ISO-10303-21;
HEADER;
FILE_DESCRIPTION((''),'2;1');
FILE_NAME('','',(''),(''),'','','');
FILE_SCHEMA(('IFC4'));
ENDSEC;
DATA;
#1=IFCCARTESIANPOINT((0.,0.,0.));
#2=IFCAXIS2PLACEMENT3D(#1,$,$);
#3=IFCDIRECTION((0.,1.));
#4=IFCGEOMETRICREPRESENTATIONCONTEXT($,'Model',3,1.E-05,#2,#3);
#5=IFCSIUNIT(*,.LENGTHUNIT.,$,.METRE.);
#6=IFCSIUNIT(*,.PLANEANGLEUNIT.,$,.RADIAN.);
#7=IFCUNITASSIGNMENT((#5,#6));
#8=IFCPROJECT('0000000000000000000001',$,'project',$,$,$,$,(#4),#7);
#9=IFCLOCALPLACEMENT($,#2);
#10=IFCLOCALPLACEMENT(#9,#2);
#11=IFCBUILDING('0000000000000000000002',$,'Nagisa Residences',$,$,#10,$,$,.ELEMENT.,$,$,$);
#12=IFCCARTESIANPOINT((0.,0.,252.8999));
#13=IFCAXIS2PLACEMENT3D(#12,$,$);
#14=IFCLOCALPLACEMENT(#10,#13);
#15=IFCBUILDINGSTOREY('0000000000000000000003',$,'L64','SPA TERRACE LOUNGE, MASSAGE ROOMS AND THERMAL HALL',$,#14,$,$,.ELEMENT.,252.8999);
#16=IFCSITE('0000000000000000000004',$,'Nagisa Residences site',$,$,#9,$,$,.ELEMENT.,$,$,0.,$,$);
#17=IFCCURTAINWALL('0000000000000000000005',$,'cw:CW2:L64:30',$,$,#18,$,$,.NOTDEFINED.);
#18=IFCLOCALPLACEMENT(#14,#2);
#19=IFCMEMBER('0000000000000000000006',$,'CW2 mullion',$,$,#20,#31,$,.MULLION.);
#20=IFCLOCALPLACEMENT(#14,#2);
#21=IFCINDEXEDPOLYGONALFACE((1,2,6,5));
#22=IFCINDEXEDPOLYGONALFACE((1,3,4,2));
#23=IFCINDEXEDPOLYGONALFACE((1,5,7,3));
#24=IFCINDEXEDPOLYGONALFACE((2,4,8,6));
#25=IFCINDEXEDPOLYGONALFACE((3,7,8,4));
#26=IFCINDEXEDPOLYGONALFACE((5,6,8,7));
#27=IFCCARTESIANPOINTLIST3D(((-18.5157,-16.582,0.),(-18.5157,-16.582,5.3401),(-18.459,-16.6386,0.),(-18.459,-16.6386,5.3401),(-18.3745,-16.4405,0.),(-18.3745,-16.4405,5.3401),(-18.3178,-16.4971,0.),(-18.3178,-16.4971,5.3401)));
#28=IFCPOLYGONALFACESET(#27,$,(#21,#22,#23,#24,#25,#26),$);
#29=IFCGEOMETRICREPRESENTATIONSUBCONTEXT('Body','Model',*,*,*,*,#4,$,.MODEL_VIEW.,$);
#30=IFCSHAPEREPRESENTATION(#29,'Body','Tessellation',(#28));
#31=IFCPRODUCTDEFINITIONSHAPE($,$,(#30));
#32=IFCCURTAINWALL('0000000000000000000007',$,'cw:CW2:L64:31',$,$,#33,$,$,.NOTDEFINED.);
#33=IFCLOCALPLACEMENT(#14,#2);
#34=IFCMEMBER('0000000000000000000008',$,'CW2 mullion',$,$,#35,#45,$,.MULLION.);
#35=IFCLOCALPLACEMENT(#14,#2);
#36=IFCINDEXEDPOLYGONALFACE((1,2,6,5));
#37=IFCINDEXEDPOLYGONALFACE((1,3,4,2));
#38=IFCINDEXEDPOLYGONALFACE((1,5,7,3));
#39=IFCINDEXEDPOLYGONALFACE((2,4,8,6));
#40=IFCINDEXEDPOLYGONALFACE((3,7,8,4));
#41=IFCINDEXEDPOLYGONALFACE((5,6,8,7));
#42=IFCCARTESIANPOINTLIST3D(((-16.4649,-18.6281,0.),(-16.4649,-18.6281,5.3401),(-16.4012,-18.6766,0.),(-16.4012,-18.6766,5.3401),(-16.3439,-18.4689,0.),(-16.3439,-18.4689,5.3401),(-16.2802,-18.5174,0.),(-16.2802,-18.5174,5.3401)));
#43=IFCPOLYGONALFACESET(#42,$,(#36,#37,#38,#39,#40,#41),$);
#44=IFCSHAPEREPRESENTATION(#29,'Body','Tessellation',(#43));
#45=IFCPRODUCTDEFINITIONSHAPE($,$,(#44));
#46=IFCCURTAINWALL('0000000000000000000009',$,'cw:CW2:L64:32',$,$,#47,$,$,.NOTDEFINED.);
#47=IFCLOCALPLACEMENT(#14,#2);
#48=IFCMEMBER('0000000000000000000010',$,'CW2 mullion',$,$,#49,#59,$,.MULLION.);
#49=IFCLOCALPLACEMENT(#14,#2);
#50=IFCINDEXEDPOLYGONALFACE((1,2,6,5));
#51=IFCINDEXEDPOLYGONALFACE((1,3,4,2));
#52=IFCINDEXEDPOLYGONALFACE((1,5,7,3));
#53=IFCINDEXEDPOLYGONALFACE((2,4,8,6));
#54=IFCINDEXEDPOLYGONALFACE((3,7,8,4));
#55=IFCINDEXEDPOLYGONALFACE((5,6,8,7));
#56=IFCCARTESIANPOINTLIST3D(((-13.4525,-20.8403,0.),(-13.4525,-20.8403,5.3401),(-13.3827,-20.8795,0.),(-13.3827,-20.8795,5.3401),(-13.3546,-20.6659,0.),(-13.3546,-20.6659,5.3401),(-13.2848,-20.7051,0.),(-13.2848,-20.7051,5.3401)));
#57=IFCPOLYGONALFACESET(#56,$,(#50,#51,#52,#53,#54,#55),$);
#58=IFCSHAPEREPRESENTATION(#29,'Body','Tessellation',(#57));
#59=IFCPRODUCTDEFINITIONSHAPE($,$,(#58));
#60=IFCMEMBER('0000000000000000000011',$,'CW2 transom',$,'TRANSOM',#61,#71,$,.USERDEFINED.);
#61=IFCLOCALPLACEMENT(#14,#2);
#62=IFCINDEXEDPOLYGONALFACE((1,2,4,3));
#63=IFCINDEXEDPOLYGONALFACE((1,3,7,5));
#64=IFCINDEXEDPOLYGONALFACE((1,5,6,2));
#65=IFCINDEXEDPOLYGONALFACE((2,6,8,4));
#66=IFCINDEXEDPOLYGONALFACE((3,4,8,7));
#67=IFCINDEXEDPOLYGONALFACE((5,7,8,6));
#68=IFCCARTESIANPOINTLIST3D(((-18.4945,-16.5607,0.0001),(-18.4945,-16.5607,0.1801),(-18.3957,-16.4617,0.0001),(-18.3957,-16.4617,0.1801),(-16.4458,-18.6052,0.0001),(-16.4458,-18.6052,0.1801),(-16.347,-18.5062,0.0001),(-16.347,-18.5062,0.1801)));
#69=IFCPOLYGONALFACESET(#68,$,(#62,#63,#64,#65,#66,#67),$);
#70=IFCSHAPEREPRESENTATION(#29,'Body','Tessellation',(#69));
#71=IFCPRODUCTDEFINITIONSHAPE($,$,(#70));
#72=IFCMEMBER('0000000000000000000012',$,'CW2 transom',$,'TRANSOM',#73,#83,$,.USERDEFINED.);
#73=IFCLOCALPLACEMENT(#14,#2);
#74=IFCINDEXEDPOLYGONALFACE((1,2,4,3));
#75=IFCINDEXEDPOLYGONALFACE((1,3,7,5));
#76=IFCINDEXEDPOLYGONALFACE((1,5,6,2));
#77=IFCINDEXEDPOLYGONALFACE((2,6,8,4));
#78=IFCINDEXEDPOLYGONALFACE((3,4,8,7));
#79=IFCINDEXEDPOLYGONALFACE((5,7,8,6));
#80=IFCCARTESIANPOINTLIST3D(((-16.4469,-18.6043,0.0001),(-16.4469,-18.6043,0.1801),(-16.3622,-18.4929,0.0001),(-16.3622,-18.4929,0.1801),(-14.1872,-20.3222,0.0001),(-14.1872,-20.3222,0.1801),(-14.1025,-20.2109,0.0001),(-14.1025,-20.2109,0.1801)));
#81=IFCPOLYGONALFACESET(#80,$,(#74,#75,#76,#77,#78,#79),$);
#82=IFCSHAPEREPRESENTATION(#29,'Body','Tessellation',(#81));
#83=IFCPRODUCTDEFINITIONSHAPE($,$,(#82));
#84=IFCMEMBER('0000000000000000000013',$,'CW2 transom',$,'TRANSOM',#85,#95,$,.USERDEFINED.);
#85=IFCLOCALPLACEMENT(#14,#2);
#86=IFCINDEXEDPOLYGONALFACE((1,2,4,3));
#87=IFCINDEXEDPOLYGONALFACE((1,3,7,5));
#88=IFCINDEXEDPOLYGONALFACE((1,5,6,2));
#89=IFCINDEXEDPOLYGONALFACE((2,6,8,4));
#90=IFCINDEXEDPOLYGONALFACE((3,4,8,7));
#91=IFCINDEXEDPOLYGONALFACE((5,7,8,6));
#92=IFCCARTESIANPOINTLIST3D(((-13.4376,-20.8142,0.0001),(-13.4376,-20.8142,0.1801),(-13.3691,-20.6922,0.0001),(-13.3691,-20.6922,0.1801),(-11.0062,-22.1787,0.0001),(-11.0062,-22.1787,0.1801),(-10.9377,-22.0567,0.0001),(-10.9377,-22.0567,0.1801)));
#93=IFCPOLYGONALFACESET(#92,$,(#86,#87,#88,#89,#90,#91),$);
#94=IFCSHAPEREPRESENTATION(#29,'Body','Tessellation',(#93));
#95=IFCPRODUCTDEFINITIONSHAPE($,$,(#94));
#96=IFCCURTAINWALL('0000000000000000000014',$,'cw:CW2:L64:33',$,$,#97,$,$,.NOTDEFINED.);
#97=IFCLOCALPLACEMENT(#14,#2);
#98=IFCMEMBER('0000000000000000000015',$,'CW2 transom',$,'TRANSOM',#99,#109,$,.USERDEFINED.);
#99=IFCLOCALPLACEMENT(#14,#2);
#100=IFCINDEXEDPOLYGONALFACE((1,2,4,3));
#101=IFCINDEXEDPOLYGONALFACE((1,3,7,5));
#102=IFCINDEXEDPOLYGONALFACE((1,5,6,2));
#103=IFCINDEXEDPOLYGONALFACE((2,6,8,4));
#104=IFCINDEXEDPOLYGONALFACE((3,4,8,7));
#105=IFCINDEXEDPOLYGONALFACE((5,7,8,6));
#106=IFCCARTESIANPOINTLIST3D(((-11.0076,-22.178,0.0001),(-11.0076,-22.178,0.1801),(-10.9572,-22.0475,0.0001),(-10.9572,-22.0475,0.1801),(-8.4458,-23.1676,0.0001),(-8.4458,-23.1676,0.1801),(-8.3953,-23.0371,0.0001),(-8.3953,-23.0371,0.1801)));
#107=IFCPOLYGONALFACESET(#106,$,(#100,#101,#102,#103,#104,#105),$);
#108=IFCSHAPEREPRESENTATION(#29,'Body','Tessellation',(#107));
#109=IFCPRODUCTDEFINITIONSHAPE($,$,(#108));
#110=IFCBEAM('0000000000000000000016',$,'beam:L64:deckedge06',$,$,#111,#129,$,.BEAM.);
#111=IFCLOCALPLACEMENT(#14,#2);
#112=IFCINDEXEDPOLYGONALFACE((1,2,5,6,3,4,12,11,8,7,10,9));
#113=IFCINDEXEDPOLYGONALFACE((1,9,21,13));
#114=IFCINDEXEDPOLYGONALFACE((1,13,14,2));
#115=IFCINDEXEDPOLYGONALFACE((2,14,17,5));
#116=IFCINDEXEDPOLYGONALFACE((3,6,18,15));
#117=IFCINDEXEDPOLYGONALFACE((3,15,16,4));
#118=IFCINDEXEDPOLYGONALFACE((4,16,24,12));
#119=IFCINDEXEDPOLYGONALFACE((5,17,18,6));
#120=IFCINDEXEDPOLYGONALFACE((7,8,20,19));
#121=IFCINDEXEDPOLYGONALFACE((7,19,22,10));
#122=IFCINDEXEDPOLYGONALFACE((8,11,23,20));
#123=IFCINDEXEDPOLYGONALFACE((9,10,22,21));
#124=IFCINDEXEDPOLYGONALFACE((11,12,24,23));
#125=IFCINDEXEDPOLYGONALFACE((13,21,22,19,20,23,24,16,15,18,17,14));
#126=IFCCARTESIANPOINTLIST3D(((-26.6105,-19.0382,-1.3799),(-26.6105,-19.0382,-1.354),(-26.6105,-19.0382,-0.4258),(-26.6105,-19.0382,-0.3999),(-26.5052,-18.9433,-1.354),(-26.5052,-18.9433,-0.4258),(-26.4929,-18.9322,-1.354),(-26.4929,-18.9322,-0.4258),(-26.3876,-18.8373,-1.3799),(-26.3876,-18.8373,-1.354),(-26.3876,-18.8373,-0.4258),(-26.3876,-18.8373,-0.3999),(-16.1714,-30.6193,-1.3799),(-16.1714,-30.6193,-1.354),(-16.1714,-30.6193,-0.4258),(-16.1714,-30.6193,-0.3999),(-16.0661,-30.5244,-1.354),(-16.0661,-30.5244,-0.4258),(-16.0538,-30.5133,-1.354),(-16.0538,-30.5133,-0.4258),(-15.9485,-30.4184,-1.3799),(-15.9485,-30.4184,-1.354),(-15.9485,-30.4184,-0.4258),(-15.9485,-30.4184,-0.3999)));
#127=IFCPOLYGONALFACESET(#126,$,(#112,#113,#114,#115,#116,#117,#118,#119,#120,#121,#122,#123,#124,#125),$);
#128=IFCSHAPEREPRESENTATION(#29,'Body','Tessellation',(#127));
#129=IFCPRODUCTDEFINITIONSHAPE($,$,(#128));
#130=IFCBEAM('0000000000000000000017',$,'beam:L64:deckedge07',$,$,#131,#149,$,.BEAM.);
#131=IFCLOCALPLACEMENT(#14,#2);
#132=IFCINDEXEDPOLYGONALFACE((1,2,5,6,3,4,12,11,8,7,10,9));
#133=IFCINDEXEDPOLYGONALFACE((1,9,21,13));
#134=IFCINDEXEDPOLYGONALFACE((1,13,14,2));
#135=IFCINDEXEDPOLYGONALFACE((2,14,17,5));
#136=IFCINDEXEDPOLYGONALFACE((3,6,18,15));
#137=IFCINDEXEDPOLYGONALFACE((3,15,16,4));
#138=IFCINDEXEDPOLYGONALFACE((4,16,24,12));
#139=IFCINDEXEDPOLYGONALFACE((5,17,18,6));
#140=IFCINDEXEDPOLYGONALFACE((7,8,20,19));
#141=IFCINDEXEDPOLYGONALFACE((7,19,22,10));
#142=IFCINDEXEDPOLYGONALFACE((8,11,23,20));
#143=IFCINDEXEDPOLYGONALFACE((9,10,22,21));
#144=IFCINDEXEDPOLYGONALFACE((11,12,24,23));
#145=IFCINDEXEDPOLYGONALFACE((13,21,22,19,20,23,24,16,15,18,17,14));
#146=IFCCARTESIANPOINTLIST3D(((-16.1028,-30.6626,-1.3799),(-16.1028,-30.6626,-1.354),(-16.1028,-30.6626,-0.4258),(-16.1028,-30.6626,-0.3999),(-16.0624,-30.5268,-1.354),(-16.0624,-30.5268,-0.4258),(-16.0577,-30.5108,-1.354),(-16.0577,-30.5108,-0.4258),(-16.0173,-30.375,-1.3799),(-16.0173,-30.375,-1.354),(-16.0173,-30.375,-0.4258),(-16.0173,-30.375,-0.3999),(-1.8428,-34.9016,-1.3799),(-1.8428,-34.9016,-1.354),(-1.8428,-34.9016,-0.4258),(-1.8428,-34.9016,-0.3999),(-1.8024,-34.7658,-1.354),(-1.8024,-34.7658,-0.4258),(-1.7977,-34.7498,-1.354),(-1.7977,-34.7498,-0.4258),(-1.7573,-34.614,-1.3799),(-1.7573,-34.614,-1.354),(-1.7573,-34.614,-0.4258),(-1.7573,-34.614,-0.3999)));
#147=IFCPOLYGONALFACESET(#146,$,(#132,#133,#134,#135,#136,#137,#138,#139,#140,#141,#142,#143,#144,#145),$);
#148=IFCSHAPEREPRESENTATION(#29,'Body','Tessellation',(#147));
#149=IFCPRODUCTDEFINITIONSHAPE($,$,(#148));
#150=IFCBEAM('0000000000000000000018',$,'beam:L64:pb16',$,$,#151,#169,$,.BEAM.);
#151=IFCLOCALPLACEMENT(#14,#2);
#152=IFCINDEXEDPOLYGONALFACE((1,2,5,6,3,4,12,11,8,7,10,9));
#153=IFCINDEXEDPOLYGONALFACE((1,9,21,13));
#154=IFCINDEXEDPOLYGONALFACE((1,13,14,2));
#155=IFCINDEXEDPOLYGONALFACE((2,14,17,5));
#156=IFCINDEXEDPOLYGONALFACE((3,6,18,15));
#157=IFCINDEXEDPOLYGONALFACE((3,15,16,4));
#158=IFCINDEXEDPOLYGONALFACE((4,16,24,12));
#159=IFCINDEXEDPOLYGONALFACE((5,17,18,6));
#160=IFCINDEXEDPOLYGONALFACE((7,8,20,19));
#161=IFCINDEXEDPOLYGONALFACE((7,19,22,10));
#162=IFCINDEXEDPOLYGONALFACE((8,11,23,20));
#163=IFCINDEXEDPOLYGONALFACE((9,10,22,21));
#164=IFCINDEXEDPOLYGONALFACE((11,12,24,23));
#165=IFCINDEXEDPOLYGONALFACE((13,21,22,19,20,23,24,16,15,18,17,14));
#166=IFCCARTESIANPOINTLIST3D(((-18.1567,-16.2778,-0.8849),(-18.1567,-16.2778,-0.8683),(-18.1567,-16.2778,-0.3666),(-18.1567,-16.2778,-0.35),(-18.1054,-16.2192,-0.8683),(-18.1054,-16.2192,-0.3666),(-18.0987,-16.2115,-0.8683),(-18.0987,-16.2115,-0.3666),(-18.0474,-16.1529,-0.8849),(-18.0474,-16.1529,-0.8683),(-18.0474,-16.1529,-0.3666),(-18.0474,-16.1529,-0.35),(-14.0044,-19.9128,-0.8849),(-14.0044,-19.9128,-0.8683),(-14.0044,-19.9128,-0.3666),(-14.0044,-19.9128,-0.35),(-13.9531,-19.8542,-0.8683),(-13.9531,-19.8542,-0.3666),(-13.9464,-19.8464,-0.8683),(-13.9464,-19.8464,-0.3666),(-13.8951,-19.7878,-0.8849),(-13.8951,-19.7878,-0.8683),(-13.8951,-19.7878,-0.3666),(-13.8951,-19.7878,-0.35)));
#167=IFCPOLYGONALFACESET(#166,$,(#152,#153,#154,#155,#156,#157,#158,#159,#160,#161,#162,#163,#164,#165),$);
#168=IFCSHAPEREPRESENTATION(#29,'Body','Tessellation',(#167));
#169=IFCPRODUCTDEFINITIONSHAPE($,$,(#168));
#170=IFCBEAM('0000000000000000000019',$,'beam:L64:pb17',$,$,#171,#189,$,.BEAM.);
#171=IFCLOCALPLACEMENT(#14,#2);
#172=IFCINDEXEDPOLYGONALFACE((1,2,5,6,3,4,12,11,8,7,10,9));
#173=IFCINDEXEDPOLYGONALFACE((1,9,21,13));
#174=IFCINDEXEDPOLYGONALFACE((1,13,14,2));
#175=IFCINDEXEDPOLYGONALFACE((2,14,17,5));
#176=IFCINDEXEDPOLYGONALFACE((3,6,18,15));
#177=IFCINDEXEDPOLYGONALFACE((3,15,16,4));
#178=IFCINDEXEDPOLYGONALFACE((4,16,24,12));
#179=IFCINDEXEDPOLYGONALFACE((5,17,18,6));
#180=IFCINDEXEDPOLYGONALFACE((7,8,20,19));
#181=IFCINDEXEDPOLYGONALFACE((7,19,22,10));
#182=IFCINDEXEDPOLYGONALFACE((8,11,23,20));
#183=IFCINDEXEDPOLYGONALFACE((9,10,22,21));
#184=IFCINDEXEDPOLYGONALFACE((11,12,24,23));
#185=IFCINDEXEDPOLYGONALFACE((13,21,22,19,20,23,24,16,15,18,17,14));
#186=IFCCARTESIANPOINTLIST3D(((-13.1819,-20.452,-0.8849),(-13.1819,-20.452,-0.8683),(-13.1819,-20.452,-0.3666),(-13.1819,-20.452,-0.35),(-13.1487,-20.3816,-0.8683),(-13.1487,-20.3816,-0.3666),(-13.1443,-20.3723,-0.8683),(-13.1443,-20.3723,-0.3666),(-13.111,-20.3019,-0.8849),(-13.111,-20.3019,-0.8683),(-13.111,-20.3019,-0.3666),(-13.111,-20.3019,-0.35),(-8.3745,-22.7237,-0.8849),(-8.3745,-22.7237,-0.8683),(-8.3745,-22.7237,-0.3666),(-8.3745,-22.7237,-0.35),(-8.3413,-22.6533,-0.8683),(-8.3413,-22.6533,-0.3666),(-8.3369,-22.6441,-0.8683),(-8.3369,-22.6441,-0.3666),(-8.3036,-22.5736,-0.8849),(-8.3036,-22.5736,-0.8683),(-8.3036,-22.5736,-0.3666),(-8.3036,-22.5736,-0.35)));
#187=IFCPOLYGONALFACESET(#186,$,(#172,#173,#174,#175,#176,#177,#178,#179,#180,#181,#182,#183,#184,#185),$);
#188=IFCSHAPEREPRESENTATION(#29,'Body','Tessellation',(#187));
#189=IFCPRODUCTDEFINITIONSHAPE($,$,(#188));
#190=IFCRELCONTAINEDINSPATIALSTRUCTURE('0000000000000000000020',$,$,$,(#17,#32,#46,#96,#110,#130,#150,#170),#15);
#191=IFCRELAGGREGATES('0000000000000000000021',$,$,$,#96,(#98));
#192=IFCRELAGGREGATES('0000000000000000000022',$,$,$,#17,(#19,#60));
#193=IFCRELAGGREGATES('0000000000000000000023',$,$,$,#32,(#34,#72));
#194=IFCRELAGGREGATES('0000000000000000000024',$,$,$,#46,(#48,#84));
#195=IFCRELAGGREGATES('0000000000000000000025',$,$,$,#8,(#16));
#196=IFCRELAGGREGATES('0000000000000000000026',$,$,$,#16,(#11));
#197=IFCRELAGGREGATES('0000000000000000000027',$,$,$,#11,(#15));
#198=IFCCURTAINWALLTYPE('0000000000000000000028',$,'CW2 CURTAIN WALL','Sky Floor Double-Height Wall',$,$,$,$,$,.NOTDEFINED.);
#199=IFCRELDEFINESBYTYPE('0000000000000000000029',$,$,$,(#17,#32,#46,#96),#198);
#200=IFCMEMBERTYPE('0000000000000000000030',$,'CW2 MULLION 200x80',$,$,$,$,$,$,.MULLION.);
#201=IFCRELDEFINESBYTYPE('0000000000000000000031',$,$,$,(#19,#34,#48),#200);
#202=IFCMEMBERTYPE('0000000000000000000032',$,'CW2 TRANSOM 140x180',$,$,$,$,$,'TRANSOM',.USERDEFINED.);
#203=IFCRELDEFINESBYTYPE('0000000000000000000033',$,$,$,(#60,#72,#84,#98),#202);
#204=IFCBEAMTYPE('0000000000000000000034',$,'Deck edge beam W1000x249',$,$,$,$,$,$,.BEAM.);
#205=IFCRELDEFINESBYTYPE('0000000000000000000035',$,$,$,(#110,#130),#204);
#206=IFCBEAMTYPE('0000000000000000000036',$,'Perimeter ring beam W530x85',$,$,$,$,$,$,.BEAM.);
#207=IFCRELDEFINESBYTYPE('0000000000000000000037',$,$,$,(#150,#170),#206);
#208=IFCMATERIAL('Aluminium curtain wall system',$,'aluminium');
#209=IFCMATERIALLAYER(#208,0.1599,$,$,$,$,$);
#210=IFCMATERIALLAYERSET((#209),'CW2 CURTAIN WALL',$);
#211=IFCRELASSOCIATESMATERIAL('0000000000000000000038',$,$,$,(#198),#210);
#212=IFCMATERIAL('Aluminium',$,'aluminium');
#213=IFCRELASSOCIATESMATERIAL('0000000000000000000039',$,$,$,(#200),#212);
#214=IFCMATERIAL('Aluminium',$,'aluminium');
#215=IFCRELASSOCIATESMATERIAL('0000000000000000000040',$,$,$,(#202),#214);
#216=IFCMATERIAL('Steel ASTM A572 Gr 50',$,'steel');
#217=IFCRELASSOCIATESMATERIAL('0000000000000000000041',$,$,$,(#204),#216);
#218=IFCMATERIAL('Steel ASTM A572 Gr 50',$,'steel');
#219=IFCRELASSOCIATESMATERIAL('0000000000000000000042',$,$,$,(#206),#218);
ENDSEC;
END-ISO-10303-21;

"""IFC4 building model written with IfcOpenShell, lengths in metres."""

from ifc_helpers import new_model, si_unit, direction, frame, origin, origin_2d, place, context, subcontext, project, spatial, rectangle, i_section, extrude, material, layer, layer_set, material_profile, profile_set, type_object, element, aggregate, save


model = new_model("IFC4")

# Units and contexts
model_context = context("Model", 3, precision=1e-05, world=origin(), true_north=direction((0.0, 1.0)))
body_context = subcontext(model_context, "Body", "Model", "MODEL_VIEW")
ifc_project = project(units=[si_unit("LENGTHUNIT", "METRE"), si_unit("PLANEANGLEUNIT", "RADIAN")], contexts=[model_context])

# Site, building, storey
site_placement = place(None, origin())
site = spatial("IfcSite", under=ifc_project, at=site_placement, Name="Nagisa Residences site", CompositionType="ELEMENT", RefElevation=0.0)
building_placement = place(site_placement, origin())
building = spatial("IfcBuilding", under=site, at=building_placement, Name="Nagisa Residences", CompositionType="ELEMENT")
storey_placement = place(building_placement, frame((0.0, 0.0, 252.8999)))
storey = spatial("IfcBuildingStorey", under=building, at=storey_placement, Name="L64", Description="SPA TERRACE LOUNGE, MASSAGE ROOMS AND THERMAL HALL", CompositionType="ELEMENT", Elevation=252.8999)

# Curtain walls, members
ifc_material_1 = material(Name="Aluminium curtain wall system", Category="aluminium")
ifc_layer_1 = layer(ifc_material_1, 0.1599)
ifc_layer_set_1 = layer_set([ifc_layer_1], Name="CW2 CURTAIN WALL")
curtain_wall_type = type_object("IfcCurtainWallType", Name="CW2 CURTAIN WALL", Description="Sky Floor Double-Height Wall", PredefinedType="NOTDEFINED", material=ifc_layer_set_1)
curtain_wall_1_placement = place(storey_placement, origin())
curtain_wall_1 = element("IfcCurtainWall", 1, at=curtain_wall_1_placement, inside=storey, type_object=curtain_wall_type, Name="cw:CW2:L64:30", PredefinedType="NOTDEFINED")
ifc_material_2 = material(Name="Aluminium", Category="aluminium")
ifc_material_profile_1 = material_profile(ifc_material_2, rectangle(XDim=0.2, YDim=0.0801, at=origin_2d()), Name="CW2 MULLION 200x80")
ifc_profile_set_1 = profile_set([ifc_material_profile_1], Name="Aluminium")
member_type_1 = type_object("IfcMemberType", Name="CW2 MULLION 200x80", PredefinedType="MULLION", material=ifc_profile_set_1)
member_1_placement = place(storey_placement, frame((-18.4167, -16.5396, 0.0), z_axis=(0.0, 0.0, 1.0), x_axis=(0.706377, 0.707836, 0.0)))
member_1 = element("IfcMember", 2, at=member_1_placement, type_object=member_type_1, Name="CW2 mullion", PredefinedType="MULLION", context=body_context, shape_type="SweptSolid", body=[
    extrude(rectangle(XDim=0.2, YDim=0.0801, at=origin_2d()), origin(), (0.0, 0.0, 1.0), 5.3401),
])
curtain_wall_2_placement = place(storey_placement, origin())
curtain_wall_2 = element("IfcCurtainWall", 3, at=curtain_wall_2_placement, inside=storey, type_object=curtain_wall_type, Name="cw:CW2:L64:31", PredefinedType="NOTDEFINED")
member_2_placement = place(storey_placement, frame((-16.3726, -18.5728, 0.0), z_axis=(0.0, 0.0, 1.0), x_axis=(0.605255, 0.796031, 0.0)))
member_2 = element("IfcMember", 4, at=member_2_placement, type_object=member_type_1, Name="CW2 mullion", PredefinedType="MULLION", context=body_context, shape_type="SweptSolid", body=[
    extrude(rectangle(XDim=0.2, YDim=0.0801, at=origin_2d()), origin(), (0.0, 0.0, 1.0), 5.3401),
])
curtain_wall_3_placement = place(storey_placement, origin())
curtain_wall_3 = element("IfcCurtainWall", 5, at=curtain_wall_3_placement, inside=storey, type_object=curtain_wall_type, Name="cw:CW2:L64:32", PredefinedType="NOTDEFINED")
member_3_placement = place(storey_placement, frame((-13.3687, -20.7727, 0.0), z_axis=(0.0, 0.0, 1.0), x_axis=(0.489377, 0.872072, 0.0)))
member_3 = element("IfcMember", 6, at=member_3_placement, type_object=member_type_1, Name="CW2 mullion", PredefinedType="MULLION", context=body_context, shape_type="SweptSolid", body=[
    extrude(rectangle(XDim=0.2, YDim=0.0801, at=origin_2d()), origin(), (0.0, 0.0, 1.0), 5.3401),
])

# Members
ifc_material_3 = material(Name="Aluminium", Category="aluminium")
ifc_material_profile_2 = material_profile(ifc_material_3, rectangle(XDim=0.1399, YDim=0.1799, at=origin_2d()), Name="CW2 TRANSOM 140x180")
ifc_profile_set_2 = profile_set([ifc_material_profile_2], Name="Aluminium")
member_type_2 = type_object("IfcMemberType", Name="CW2 TRANSOM 140x180", ElementType="TRANSOM", PredefinedType="USERDEFINED", material=ifc_profile_set_2)
member_4_placement = place(storey_placement, frame((-18.4451, -16.5112, 0.0901), z_axis=(0.707823, -0.706389, 0.0), x_axis=(0.706389, 0.707823, 0.0)))
member_4 = element("IfcMember", 7, at=member_4_placement, type_object=member_type_2, Name="CW2 transom", ObjectType="TRANSOM", PredefinedType="USERDEFINED", context=body_context, shape_type="SweptSolid", body=[
    extrude(rectangle(XDim=0.1399, YDim=0.1799, at=origin_2d()), origin(), (0.0, 0.0, 1.0), 2.8943),
])
member_5_placement = place(storey_placement, frame((-16.4045, -18.5486, 0.0901), z_axis=(0.796061, -0.605216, 0.0), x_axis=(0.605216, 0.796061, 0.0)))
member_5 = element("IfcMember", 8, at=member_5_placement, type_object=member_type_2, Name="CW2 transom", ObjectType="TRANSOM", PredefinedType="USERDEFINED", context=body_context, shape_type="SweptSolid", body=[
    extrude(rectangle(XDim=0.1399, YDim=0.1799, at=origin_2d()), origin(), (0.0, 0.0, 1.0), 2.8386),
])
member_6_placement = place(storey_placement, frame((-13.4033, -20.7532, 0.0901), z_axis=(0.872059, -0.4894, 0.0), x_axis=(0.4894, 0.872059, 0.0)))
member_6 = element("IfcMember", 9, at=member_6_placement, type_object=member_type_2, Name="CW2 transom", ObjectType="TRANSOM", PredefinedType="USERDEFINED", context=body_context, shape_type="SweptSolid", body=[
    extrude(rectangle(XDim=0.1399, YDim=0.1799, at=origin_2d()), origin(), (0.0, 0.0, 1.0), 2.7881),
])

# Curtain wall, member
curtain_wall_4_placement = place(storey_placement, origin())
curtain_wall_4 = element("IfcCurtainWall", 10, at=curtain_wall_4_placement, inside=storey, type_object=curtain_wall_type, Name="cw:CW2:L64:33", PredefinedType="NOTDEFINED")
member_7_placement = place(storey_placement, frame((-10.9824, -22.1128, 0.0901), z_axis=(0.932831, -0.360313, 0.0), x_axis=(0.360313, 0.932831, 0.0)))
member_7 = element("IfcMember", 11, at=member_7_placement, type_object=member_type_2, Name="CW2 transom", ObjectType="TRANSOM", PredefinedType="USERDEFINED", context=body_context, shape_type="SweptSolid", body=[
    extrude(rectangle(XDim=0.1399, YDim=0.1799, at=origin_2d()), origin(), (0.0, 0.0, 1.0), 2.7463),
])
aggregate(curtain_wall_4, [member_7])

# Beams
ifc_material_4 = material(Name="Steel ASTM A572 Gr 50", Category="steel")
ifc_material_profile_3 = material_profile(ifc_material_4, i_section(OverallWidth=0.3, OverallDepth=0.98, WebThickness=0.0166, FlangeThickness=0.0259, at=origin_2d()), Name="W1000x249")
ifc_profile_set_3 = profile_set([ifc_material_profile_3], Name="Steel ASTM A572 Gr 50")
beam_type_1 = type_object("IfcBeamType", Name="Deck edge beam W1000x249", PredefinedType="BEAM", material=ifc_profile_set_3)
beam_1_placement = place(storey_placement, frame((-26.499, -18.9377, -0.8899), z_axis=(0.669532, -0.742783, 0.0), x_axis=(0.742783, 0.669532, 0.0)))
element("IfcBeam", 12, at=beam_1_placement, inside=storey, type_object=beam_type_1, Name="beam:L64:deckedge06", PredefinedType="BEAM", context=body_context, shape_type="SweptSolid", body=[
    extrude(i_section(OverallWidth=0.3, OverallDepth=0.98, WebThickness=0.0166, FlangeThickness=0.0259, at=origin_2d()), origin(), (0.0, 0.0, 1.0), 15.5916),
])
beam_2_placement = place(storey_placement, frame((-16.0601, -30.5188, -0.8899), z_axis=(0.958545, -0.284943, 0.0), x_axis=(0.284943, 0.958545, 0.0)))
element("IfcBeam", 13, at=beam_2_placement, inside=storey, type_object=beam_type_1, Name="beam:L64:deckedge07", PredefinedType="BEAM", context=body_context, shape_type="SweptSolid", body=[
    extrude(i_section(OverallWidth=0.3, OverallDepth=0.98, WebThickness=0.0166, FlangeThickness=0.0259, at=origin_2d()), origin(), (0.0, 0.0, 1.0), 14.8767),
])
ifc_material_5 = material(Name="Steel ASTM A572 Gr 50", Category="steel")
ifc_material_profile_4 = material_profile(ifc_material_5, i_section(OverallWidth=0.166, OverallDepth=0.5349, WebThickness=0.0103, FlangeThickness=0.0166, at=origin_2d()), Name="W530x85")
ifc_profile_set_4 = profile_set([ifc_material_profile_4], Name="Steel ASTM A572 Gr 50")
beam_type_2 = type_object("IfcBeamType", Name="Perimeter ring beam W530x85", PredefinedType="BEAM", material=ifc_profile_set_4)
beam_3_placement = place(storey_placement, frame((-18.1021, -16.2153, -0.6174), z_axis=(0.752423, -0.65868, 0.0), x_axis=(0.65868, 0.752423, 0.0)))
element("IfcBeam", 14, at=beam_3_placement, inside=storey, type_object=beam_type_2, Name="beam:L64:pb16", PredefinedType="BEAM", context=body_context, shape_type="SweptSolid", body=[
    extrude(i_section(OverallWidth=0.166, OverallDepth=0.5349, WebThickness=0.0103, FlangeThickness=0.0166, at=origin_2d()), origin(), (0.0, 0.0, 1.0), 5.5186),
])
beam_4_placement = place(storey_placement, frame((-13.1465, -20.377, -0.6174), z_axis=(0.904134, -0.427249, 0.0), x_axis=(0.427249, 0.904134, 0.0)))
element("IfcBeam", 15, at=beam_4_placement, inside=storey, type_object=beam_type_2, Name="beam:L64:pb17", PredefinedType="BEAM", context=body_context, shape_type="SweptSolid", body=[
    extrude(i_section(OverallWidth=0.166, OverallDepth=0.5349, WebThickness=0.0103, FlangeThickness=0.0166, at=origin_2d()), origin(), (0.0, 0.0, 1.0), 5.3171),
])

aggregate(curtain_wall_1, [member_1, member_4])
aggregate(curtain_wall_2, [member_2, member_5])
aggregate(curtain_wall_3, [member_3, member_6])

save(model, "model.ifc")
